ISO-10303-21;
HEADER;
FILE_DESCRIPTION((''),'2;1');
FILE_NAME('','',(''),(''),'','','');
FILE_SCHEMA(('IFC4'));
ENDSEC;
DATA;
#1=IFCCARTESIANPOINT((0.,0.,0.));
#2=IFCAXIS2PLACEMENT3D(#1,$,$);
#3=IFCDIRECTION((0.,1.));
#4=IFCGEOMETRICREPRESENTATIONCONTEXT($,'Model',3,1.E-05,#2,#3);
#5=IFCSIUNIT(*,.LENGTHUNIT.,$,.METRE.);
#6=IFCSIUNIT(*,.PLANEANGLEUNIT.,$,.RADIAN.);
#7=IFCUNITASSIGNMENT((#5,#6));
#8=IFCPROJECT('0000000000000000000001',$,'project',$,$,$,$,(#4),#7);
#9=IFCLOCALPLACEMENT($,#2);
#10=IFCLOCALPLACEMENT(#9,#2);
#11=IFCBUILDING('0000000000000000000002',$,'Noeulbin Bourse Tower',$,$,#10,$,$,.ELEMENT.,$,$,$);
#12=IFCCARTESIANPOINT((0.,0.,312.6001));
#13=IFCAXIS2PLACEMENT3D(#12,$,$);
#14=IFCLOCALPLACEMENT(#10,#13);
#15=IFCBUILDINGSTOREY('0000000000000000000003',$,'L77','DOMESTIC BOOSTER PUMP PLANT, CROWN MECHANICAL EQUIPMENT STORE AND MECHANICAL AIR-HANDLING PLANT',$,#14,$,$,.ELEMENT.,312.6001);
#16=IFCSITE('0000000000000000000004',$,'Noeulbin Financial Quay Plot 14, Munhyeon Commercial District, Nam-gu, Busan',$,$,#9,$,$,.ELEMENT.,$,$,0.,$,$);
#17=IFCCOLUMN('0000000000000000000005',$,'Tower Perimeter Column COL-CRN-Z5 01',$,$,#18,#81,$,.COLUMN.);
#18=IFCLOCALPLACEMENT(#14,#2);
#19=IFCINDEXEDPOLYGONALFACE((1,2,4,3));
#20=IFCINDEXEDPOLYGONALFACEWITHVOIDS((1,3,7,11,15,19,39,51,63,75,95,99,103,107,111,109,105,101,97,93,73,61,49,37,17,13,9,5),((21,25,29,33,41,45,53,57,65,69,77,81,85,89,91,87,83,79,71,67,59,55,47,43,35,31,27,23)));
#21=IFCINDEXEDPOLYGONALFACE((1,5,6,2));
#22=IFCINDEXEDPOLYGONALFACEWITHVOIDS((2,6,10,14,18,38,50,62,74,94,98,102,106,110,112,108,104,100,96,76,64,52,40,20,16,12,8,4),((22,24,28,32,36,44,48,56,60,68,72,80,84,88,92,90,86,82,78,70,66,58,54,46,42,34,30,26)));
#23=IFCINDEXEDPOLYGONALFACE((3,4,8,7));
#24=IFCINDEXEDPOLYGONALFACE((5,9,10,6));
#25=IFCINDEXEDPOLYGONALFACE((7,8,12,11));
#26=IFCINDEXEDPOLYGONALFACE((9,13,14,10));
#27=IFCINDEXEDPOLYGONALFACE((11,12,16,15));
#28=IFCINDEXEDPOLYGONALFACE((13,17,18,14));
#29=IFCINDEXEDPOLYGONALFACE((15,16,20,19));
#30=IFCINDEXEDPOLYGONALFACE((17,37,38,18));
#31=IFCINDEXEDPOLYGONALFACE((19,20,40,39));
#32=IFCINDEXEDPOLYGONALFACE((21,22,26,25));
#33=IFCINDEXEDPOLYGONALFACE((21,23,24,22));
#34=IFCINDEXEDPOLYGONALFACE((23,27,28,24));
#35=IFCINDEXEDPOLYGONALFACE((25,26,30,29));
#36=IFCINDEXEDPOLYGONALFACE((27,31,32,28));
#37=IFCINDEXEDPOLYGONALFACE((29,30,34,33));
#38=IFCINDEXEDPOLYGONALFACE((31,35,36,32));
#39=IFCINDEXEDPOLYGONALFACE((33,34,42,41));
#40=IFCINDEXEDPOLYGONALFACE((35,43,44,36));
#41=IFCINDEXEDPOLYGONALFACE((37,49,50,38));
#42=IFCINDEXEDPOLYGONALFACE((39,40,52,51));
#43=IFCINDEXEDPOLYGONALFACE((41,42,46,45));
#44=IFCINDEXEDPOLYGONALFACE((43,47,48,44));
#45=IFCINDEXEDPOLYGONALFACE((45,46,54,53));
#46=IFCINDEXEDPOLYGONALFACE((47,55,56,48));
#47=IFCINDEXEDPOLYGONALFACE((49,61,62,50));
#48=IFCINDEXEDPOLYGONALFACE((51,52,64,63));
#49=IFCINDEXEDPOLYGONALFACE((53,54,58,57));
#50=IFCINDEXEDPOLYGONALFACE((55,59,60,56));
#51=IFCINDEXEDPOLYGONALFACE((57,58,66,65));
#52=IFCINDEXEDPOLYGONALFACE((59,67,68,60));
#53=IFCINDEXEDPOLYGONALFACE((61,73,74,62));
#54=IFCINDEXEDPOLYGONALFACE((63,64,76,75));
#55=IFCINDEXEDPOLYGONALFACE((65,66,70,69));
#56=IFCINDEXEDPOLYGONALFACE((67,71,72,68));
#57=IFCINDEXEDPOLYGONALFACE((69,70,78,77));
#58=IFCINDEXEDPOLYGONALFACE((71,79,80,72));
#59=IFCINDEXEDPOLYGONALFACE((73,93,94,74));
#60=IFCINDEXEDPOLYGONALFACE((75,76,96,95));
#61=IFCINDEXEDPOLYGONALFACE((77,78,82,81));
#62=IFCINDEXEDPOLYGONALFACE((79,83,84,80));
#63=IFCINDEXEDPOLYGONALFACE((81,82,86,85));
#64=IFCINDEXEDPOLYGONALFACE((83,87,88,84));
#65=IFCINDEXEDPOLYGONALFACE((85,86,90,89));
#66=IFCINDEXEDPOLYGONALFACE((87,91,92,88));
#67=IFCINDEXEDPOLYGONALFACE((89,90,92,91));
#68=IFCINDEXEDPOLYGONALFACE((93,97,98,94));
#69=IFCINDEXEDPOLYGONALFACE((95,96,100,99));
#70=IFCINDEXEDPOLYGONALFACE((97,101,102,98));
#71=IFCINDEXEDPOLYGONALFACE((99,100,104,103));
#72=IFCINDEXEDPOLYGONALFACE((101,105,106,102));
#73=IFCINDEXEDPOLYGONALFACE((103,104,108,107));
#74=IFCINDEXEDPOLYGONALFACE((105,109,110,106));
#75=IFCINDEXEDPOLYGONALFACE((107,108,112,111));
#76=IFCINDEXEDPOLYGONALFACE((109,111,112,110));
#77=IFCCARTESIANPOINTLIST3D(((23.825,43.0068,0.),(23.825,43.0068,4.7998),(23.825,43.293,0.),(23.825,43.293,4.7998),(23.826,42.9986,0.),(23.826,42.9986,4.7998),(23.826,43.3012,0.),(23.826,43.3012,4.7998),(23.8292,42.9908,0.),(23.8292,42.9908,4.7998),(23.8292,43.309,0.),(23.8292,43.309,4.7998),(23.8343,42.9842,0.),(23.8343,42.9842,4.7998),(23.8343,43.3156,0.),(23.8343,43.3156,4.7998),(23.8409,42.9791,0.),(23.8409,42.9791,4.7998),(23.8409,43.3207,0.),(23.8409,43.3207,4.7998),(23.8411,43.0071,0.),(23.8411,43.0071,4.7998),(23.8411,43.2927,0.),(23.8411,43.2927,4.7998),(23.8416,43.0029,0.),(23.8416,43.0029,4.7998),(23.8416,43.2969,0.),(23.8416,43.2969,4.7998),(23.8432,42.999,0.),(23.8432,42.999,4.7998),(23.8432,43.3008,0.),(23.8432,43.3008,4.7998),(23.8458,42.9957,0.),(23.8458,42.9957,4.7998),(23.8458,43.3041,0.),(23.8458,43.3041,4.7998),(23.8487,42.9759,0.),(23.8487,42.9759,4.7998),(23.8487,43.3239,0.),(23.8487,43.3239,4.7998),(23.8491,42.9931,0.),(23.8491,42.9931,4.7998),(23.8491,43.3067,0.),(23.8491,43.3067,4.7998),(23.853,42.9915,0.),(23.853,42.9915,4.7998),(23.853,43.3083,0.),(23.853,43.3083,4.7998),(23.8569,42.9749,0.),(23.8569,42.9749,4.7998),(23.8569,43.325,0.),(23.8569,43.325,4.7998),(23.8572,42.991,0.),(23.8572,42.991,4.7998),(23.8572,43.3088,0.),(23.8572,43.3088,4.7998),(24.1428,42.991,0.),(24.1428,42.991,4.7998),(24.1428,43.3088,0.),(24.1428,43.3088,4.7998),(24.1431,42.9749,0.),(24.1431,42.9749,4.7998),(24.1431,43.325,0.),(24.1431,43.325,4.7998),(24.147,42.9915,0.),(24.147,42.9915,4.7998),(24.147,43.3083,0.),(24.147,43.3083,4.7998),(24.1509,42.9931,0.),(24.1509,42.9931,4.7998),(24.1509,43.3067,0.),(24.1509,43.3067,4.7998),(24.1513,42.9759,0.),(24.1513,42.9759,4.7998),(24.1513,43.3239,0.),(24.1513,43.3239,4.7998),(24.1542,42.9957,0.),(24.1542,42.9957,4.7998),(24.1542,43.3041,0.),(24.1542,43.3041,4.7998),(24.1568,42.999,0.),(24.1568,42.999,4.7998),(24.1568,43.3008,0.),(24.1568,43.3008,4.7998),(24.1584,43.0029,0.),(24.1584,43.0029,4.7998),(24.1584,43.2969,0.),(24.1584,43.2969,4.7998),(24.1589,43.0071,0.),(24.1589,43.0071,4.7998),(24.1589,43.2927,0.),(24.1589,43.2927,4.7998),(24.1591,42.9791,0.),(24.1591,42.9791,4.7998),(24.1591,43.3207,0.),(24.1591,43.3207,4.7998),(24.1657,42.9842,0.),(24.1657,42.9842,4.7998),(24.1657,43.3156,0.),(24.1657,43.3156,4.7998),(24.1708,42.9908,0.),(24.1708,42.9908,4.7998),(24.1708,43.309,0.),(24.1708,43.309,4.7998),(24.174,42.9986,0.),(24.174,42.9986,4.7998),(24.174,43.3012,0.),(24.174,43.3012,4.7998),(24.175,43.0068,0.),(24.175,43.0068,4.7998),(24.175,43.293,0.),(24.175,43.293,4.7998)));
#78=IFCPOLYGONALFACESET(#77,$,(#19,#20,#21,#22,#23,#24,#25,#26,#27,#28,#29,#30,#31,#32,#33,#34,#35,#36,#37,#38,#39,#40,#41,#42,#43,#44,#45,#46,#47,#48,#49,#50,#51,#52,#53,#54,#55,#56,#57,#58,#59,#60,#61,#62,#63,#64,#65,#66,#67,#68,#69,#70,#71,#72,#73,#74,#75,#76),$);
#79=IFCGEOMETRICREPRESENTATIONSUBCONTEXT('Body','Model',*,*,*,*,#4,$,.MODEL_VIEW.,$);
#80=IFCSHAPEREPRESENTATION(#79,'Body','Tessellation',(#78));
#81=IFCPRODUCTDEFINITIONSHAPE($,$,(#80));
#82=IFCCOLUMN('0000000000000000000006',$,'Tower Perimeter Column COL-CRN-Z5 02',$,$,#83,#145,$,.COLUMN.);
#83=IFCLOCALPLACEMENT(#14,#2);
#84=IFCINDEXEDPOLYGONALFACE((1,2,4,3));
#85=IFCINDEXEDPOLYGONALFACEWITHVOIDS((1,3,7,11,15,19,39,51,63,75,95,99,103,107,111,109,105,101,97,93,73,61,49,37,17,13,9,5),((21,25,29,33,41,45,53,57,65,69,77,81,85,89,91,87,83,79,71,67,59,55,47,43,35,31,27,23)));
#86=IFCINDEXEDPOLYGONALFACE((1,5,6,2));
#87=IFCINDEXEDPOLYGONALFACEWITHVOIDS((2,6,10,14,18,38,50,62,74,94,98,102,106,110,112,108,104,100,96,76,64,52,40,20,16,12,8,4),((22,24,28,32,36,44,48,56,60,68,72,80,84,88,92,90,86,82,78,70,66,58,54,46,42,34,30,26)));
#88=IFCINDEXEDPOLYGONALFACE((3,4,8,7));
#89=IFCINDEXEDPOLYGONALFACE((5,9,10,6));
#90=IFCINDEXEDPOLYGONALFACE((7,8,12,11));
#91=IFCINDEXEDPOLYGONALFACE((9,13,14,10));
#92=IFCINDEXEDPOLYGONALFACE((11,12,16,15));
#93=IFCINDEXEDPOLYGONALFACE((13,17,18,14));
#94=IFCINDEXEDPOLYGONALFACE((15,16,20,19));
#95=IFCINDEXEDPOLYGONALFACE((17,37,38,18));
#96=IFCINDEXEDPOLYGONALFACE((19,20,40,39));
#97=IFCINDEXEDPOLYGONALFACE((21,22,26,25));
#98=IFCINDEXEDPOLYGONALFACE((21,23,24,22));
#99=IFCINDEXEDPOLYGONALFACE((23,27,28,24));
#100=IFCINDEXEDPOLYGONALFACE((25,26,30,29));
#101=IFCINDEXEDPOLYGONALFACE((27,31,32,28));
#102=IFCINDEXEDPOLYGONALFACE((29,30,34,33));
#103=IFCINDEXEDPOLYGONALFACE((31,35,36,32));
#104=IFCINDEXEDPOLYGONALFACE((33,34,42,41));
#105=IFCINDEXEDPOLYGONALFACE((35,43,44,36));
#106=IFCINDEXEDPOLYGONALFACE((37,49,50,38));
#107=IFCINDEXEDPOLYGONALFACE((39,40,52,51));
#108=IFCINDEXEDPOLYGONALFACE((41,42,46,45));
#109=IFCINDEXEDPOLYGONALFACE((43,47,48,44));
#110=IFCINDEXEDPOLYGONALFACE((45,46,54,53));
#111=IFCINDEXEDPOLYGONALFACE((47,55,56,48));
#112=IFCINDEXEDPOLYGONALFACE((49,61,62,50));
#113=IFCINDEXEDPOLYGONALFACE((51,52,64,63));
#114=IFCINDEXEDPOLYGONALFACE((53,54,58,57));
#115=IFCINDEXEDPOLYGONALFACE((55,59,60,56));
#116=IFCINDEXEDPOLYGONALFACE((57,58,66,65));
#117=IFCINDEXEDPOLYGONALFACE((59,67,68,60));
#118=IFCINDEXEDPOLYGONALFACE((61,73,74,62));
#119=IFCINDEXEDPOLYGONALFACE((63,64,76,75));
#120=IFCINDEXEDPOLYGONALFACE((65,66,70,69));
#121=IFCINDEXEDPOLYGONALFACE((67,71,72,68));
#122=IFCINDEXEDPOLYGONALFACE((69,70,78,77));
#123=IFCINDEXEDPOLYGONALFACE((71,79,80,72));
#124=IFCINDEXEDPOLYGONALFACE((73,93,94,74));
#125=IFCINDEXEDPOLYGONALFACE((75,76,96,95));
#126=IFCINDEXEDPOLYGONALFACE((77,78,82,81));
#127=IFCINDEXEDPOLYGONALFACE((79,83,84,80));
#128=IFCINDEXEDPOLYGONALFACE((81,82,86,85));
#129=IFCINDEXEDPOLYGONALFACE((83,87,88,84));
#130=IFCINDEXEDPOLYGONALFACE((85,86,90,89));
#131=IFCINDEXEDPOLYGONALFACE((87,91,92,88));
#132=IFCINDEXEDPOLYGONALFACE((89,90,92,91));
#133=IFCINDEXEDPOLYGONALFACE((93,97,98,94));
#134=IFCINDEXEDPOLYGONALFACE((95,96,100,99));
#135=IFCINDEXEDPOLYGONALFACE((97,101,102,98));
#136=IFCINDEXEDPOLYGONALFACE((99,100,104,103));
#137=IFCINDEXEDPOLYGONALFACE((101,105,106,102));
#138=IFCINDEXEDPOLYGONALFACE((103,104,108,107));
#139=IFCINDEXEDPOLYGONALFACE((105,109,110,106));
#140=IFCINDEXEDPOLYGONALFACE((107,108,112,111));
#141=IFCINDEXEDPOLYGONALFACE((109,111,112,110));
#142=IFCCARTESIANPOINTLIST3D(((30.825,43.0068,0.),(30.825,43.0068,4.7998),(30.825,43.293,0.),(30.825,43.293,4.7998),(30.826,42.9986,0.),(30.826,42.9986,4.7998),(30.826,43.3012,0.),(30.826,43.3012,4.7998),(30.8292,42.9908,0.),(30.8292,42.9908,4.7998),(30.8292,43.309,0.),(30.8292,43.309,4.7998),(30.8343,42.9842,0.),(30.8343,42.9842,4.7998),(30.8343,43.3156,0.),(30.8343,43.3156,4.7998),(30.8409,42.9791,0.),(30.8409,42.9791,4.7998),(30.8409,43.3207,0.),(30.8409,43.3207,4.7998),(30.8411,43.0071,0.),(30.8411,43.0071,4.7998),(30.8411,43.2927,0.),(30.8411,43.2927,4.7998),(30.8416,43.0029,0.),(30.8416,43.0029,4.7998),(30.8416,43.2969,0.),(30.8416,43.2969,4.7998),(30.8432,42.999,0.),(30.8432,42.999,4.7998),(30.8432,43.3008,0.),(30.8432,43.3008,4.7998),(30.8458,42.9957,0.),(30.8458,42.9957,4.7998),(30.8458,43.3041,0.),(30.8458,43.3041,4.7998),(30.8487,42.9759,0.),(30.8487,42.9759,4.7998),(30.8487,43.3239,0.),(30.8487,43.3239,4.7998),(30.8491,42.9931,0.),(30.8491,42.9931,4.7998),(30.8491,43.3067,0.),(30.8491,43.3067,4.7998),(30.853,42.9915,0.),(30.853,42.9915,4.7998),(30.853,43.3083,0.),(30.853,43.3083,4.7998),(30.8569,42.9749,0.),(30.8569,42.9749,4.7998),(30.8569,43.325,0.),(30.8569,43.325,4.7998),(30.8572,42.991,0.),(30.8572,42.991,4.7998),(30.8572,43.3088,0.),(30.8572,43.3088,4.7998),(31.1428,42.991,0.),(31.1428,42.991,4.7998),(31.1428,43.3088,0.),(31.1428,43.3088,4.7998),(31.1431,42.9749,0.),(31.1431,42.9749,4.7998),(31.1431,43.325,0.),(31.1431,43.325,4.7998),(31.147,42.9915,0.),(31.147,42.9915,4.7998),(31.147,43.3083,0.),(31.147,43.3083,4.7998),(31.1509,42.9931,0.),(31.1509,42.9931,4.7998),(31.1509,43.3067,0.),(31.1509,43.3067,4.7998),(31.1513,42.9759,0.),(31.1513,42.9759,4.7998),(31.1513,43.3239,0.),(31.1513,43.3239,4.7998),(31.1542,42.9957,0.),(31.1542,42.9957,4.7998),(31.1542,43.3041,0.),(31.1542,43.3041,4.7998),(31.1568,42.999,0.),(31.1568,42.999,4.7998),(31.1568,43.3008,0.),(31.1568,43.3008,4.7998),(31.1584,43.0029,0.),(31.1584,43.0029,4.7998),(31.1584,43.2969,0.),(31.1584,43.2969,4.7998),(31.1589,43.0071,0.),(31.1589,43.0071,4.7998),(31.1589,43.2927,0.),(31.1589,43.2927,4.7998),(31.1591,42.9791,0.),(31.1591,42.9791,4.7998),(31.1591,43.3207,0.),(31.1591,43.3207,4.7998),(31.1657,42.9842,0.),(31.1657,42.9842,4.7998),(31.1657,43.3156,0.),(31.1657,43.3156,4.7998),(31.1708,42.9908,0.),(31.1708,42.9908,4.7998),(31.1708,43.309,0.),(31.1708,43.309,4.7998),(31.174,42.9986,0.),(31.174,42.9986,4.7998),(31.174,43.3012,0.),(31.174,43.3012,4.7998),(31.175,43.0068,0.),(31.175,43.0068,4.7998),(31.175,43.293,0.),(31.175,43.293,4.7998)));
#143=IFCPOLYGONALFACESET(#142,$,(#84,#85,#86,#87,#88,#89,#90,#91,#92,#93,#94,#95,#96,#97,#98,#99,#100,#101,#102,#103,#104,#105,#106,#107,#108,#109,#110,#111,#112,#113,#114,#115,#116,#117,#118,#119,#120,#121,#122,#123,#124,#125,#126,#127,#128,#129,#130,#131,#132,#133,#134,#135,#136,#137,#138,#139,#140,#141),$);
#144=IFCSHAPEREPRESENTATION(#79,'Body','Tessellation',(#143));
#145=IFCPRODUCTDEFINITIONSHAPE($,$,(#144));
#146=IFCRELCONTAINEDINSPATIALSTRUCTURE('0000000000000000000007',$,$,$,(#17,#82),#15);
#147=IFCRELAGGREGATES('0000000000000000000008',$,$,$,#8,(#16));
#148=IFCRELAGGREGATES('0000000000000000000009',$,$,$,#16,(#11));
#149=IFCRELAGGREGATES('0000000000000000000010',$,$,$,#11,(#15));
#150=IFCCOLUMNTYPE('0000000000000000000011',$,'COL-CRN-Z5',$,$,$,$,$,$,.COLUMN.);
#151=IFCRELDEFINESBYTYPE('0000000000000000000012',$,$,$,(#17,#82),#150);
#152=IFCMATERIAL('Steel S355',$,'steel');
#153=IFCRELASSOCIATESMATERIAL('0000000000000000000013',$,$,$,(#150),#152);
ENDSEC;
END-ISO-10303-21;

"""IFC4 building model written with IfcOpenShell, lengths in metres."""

from ifc_helpers import new_model, si_unit, direction, frame, origin, origin_2d, place, context, subcontext, project, spatial, hollow_rectangle, extrude, material, material_profile, profile_set, type_object, element, save


model = new_model("IFC4")

# Units and contexts
model_context = context("Model", 3, precision=1e-05, world=origin(), true_north=direction((0.0, 1.0)))
body_context = subcontext(model_context, "Body", "Model", "MODEL_VIEW")
ifc_project = project(units=[si_unit("LENGTHUNIT", "METRE"), si_unit("PLANEANGLEUNIT", "RADIAN")], contexts=[model_context])

# Site, building, storey
site_placement = place(None, origin())
site = spatial("IfcSite", under=ifc_project, at=site_placement, Name="Noeulbin Financial Quay Plot 14, Munhyeon Commercial District, Nam-gu, Busan", CompositionType="ELEMENT", RefElevation=0.0)
building_placement = place(site_placement, origin())
building = spatial("IfcBuilding", under=site, at=building_placement, Name="Noeulbin Bourse Tower", CompositionType="ELEMENT")
storey_placement = place(building_placement, frame((0.0, 0.0, 312.6001)))
storey = spatial("IfcBuildingStorey", under=building, at=storey_placement, Name="L77", Description="DOMESTIC BOOSTER PUMP PLANT, CROWN MECHANICAL EQUIPMENT STORE AND MECHANICAL AIR-HANDLING PLANT", CompositionType="ELEMENT", Elevation=312.6001)

# Columns
ifc_material_1 = material(Name="Steel S355", Category="steel")
ifc_material_profile_1 = material_profile(ifc_material_1, hollow_rectangle(XDim=0.3501, YDim=0.3501, WallThickness=0.0161, InnerFilletRadius=0.0161, OuterFilletRadius=0.032, at=origin_2d()), Name="SHS-350x350x16", Category="LoadBearing")
ifc_profile_set_1 = profile_set([ifc_material_profile_1], Name="Steel S355")
column_type_1 = type_object("IfcColumnType", Name="COL-CRN-Z5", PredefinedType="COLUMN", material=ifc_profile_set_1)
for number, where, z_axis, x_axis, name in (
    (1, (24.0, 43.1499, 0.0), (0.0, 0.0, 1.0), (1.0, 0.0, 0.0), "Tower Perimeter Column COL-CRN-Z5 01"),
    (2, (31.0, 43.1499, 0.0), (0.0, 0.0, 1.0), (1.0, 0.0, 0.0), "Tower Perimeter Column COL-CRN-Z5 02"),
):
    element("IfcColumn", number, at=place(storey_placement, frame(where, z_axis=z_axis, x_axis=x_axis)), inside=storey, type_object=column_type_1, Name=name, PredefinedType="COLUMN", context=body_context, shape_type="SweptSolid", body=[
        extrude(hollow_rectangle(XDim=0.3501, YDim=0.3501, WallThickness=0.0161, InnerFilletRadius=0.0161, OuterFilletRadius=0.032, at=origin_2d()), origin(), (0.0, 0.0, 1.0), 4.7998),
    ])

save(model, "model.ifc")
